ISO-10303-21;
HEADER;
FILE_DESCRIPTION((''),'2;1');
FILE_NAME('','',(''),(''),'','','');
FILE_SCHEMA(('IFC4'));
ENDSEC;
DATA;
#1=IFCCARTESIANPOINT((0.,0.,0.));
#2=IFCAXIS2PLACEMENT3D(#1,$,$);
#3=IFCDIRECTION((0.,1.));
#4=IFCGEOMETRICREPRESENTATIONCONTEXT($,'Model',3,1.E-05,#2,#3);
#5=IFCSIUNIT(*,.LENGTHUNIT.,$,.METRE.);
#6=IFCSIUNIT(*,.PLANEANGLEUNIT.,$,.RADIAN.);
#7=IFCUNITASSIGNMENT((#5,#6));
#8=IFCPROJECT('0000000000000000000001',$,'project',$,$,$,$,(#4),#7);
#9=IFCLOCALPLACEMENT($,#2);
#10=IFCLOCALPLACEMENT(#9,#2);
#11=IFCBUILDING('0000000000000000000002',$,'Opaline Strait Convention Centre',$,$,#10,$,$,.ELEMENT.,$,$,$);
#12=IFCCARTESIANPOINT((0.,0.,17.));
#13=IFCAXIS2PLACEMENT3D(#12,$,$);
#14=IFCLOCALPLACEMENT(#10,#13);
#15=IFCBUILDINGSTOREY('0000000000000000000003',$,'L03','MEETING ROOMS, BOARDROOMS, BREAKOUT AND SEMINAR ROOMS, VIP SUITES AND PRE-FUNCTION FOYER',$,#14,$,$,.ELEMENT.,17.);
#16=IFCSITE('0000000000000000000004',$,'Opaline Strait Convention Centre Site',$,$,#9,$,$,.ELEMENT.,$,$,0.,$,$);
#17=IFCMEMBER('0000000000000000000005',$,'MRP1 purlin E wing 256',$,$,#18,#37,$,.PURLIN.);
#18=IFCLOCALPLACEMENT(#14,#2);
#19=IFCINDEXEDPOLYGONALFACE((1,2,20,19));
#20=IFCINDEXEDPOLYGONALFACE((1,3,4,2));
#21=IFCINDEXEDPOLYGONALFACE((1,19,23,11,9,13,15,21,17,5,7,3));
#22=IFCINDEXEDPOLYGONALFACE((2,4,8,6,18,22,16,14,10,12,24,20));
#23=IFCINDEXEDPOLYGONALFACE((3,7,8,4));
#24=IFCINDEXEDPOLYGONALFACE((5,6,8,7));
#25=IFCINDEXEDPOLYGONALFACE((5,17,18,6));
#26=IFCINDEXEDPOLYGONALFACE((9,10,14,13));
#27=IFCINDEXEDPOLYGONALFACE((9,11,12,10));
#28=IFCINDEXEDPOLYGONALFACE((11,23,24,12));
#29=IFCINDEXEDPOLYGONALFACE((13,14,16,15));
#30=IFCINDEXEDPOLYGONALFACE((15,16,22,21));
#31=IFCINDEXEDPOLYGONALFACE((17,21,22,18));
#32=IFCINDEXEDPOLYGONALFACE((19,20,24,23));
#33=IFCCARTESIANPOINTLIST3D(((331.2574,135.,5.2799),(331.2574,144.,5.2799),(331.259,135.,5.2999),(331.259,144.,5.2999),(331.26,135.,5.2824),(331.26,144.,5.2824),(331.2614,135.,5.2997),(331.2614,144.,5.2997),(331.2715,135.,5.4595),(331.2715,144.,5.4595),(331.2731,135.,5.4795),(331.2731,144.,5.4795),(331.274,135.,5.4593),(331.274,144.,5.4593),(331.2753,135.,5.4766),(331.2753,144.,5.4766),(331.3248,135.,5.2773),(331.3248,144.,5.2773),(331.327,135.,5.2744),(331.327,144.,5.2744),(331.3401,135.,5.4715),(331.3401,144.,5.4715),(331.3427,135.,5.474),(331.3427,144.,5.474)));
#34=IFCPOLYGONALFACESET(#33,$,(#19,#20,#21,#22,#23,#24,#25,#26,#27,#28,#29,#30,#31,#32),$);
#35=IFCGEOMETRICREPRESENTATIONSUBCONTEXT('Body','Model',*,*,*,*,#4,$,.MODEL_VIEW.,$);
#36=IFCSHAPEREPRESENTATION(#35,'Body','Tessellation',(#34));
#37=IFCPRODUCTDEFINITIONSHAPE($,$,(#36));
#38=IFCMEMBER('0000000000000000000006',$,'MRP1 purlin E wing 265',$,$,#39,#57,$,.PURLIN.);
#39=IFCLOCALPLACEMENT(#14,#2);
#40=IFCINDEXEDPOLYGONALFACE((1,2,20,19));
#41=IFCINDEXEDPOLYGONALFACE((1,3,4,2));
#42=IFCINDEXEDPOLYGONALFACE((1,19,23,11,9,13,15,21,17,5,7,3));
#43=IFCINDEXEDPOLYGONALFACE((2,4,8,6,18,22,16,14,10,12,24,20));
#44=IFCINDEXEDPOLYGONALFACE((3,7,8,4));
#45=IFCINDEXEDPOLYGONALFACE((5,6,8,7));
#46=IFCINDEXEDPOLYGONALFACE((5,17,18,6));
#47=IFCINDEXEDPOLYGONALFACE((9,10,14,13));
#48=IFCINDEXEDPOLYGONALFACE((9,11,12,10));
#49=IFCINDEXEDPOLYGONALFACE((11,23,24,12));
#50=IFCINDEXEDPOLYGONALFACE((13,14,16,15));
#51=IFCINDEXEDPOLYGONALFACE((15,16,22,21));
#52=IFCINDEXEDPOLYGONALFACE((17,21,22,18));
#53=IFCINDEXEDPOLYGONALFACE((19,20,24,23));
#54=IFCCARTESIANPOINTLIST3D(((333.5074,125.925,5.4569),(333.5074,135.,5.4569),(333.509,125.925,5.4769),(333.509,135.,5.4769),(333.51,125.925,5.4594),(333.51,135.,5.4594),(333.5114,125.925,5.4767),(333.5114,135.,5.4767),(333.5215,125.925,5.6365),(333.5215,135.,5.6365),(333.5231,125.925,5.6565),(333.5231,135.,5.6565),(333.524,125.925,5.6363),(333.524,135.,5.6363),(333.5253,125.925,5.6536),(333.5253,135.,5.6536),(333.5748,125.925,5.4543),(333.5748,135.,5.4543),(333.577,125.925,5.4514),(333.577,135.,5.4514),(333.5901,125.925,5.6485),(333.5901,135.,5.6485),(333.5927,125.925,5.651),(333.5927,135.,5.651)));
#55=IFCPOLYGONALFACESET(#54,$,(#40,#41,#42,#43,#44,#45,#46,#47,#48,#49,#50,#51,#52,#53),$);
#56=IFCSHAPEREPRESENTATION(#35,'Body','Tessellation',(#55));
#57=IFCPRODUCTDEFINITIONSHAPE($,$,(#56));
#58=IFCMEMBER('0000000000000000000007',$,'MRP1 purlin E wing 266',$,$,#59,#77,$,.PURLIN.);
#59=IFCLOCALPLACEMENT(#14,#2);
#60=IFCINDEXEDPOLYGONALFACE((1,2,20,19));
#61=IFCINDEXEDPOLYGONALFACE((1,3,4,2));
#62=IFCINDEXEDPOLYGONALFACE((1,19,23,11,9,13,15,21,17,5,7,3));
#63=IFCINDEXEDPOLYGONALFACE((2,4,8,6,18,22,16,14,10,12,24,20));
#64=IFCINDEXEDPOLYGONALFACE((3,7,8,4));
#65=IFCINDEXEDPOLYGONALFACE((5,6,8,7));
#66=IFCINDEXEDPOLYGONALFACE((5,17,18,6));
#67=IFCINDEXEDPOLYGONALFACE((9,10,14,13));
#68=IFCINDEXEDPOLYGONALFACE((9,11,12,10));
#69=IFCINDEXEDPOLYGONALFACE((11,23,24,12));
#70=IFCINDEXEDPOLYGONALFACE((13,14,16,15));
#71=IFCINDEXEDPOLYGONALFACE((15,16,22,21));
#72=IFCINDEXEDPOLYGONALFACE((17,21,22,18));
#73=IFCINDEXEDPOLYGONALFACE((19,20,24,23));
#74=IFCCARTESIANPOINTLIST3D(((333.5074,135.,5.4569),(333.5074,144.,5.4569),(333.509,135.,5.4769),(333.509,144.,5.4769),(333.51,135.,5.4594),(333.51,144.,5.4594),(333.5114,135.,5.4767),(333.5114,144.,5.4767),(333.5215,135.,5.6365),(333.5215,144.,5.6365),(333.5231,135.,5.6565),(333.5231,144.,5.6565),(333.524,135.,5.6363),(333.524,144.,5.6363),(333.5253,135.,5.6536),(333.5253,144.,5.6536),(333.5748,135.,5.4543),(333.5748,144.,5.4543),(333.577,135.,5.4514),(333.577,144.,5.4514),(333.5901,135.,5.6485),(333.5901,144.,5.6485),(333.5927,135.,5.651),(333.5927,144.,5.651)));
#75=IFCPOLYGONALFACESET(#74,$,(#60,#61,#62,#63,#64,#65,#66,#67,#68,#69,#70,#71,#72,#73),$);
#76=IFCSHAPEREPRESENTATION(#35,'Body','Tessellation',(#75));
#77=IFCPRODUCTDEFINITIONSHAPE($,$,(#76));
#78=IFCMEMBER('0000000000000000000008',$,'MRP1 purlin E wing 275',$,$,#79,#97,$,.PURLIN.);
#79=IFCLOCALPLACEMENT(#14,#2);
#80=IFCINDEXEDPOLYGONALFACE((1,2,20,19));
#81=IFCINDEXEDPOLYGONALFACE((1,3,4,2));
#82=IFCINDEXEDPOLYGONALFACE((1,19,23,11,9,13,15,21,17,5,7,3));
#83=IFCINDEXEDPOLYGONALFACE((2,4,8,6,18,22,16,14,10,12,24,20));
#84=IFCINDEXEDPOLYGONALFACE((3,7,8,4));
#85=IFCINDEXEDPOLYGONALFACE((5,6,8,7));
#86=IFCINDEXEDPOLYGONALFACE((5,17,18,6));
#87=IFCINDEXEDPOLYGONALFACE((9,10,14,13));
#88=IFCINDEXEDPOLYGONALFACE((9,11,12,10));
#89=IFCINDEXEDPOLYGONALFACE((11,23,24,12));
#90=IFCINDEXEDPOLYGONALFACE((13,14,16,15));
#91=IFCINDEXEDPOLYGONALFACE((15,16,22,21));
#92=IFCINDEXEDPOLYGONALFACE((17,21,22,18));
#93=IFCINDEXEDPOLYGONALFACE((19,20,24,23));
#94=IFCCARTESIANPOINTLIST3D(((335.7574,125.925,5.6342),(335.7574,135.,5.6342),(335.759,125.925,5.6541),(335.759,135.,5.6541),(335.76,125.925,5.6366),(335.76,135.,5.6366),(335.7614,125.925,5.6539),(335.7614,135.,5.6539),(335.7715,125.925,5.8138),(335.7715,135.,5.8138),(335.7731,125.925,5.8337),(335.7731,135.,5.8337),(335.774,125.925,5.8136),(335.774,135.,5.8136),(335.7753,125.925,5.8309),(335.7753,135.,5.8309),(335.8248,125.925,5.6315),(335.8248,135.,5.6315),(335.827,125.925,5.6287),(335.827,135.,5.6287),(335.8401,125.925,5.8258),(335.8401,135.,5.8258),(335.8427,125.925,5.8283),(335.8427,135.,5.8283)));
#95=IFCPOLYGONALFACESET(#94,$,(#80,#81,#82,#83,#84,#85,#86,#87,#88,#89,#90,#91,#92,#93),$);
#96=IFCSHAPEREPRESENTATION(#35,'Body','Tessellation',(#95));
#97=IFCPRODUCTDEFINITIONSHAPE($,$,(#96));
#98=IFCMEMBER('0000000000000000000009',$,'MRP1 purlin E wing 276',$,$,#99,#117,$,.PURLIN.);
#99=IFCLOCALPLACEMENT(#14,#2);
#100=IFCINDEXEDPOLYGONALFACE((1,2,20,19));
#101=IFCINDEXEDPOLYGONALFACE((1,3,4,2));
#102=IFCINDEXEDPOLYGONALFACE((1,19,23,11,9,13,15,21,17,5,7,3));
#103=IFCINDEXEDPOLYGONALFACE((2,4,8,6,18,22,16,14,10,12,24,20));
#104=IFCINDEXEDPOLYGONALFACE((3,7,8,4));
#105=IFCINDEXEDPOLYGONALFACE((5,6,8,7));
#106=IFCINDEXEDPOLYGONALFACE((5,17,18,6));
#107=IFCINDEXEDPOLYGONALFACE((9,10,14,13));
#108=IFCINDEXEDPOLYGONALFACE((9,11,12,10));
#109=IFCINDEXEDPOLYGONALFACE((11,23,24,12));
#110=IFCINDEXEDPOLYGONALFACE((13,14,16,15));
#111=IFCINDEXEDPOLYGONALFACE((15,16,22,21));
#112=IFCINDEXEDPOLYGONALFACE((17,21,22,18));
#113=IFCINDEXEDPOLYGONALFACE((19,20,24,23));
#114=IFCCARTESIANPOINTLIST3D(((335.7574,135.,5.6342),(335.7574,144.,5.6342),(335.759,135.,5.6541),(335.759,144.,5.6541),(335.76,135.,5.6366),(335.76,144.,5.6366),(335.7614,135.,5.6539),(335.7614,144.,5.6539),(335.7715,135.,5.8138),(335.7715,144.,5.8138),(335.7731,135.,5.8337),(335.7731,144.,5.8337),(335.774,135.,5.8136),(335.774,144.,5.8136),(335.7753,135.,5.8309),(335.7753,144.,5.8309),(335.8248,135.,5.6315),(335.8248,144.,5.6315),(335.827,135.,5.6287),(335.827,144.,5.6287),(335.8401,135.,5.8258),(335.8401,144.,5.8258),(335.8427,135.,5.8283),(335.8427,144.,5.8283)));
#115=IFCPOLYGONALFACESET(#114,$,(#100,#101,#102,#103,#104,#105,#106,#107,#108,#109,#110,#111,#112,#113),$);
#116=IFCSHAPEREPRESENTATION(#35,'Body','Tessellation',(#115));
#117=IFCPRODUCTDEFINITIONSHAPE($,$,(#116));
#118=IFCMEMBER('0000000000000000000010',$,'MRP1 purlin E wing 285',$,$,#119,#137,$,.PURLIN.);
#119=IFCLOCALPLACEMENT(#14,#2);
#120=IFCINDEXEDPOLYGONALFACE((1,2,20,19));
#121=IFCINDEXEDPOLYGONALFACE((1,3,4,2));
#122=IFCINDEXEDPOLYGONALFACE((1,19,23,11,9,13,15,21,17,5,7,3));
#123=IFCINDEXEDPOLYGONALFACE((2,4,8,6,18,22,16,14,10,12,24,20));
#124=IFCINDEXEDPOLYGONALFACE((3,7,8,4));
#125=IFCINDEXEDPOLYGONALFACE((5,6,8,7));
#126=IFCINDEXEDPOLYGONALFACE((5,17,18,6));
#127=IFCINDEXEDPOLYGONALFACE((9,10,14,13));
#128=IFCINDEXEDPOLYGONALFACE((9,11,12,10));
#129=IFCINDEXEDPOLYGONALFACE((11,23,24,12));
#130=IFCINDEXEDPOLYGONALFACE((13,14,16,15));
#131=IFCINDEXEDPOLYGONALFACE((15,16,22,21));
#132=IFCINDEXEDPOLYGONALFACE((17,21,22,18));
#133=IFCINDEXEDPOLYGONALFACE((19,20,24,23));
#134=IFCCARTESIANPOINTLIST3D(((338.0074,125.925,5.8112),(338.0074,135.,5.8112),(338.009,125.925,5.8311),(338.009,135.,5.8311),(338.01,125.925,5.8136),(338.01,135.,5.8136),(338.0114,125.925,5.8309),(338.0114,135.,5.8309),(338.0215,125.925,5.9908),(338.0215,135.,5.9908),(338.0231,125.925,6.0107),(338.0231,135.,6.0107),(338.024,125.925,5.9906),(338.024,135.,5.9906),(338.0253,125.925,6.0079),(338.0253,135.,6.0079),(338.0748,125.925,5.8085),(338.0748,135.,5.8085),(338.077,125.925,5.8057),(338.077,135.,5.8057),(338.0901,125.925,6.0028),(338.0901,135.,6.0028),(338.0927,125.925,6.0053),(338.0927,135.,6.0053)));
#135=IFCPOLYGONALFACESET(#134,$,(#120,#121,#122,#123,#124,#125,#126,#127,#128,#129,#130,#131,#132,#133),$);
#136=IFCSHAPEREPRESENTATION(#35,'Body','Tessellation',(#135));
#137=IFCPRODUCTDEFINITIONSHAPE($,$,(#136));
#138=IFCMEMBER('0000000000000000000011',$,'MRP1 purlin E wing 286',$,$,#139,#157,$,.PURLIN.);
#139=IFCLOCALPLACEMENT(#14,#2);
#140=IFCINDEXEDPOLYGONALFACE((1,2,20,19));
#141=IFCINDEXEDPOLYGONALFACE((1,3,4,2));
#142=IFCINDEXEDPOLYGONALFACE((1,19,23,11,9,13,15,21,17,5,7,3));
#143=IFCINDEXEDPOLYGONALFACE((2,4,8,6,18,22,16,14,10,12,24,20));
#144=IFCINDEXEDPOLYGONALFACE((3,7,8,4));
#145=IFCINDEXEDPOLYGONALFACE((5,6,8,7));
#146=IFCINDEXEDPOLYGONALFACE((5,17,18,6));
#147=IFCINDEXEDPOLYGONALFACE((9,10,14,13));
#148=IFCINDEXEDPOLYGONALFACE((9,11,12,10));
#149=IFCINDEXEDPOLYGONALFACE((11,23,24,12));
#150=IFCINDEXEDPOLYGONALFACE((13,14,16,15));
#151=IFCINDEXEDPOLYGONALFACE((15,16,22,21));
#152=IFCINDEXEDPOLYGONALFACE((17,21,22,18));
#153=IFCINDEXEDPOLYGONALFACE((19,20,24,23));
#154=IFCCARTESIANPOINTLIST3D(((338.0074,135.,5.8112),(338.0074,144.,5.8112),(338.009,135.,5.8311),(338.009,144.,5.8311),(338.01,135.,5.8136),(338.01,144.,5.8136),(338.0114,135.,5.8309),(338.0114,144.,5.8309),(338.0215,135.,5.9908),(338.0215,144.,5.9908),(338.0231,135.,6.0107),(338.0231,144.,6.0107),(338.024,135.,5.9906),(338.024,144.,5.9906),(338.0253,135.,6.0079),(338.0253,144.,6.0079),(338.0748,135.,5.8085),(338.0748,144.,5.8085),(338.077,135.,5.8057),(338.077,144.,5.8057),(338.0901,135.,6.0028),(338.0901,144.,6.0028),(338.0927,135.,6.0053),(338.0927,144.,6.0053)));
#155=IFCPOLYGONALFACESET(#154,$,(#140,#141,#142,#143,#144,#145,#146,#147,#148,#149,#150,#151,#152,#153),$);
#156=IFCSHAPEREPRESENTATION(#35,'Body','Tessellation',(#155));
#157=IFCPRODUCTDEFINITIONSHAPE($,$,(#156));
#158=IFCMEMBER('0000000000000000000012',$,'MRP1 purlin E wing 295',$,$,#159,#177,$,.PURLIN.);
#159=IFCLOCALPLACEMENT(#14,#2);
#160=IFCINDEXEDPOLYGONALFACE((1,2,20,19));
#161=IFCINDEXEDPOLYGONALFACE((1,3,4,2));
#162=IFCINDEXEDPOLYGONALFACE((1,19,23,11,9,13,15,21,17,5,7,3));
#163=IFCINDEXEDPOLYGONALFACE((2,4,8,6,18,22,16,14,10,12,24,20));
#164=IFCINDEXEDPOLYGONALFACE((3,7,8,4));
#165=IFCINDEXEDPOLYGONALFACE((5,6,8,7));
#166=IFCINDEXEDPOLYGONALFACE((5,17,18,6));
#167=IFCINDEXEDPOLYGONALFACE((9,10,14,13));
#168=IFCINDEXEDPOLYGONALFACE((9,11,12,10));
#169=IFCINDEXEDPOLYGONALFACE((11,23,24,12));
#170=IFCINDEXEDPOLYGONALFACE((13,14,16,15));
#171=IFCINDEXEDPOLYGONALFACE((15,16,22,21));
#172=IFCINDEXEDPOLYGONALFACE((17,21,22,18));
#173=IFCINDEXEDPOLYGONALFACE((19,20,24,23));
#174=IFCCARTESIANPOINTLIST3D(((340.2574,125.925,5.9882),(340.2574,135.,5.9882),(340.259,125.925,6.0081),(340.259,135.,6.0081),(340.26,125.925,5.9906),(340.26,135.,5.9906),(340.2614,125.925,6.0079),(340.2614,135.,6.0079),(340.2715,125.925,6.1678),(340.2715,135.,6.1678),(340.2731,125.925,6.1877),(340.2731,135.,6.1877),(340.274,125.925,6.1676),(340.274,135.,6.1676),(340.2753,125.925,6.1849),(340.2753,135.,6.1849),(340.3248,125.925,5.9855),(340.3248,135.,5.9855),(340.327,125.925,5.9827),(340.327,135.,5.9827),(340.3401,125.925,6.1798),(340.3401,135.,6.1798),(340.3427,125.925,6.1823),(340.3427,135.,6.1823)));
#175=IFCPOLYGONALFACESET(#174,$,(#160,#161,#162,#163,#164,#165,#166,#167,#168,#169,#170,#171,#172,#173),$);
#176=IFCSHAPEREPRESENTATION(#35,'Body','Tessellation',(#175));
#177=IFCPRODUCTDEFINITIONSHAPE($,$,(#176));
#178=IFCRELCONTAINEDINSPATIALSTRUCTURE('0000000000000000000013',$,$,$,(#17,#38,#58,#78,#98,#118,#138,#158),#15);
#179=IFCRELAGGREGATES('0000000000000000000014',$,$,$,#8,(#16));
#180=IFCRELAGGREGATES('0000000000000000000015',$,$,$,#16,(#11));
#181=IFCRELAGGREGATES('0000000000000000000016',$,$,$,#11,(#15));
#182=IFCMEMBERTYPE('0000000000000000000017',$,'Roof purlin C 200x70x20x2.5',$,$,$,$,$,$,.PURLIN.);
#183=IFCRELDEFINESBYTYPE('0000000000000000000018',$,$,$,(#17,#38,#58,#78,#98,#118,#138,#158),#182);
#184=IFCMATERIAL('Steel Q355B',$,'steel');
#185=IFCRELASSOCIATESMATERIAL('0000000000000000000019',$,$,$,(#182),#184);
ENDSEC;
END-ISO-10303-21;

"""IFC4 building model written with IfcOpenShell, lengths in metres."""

from ifc_helpers import new_model, si_unit, direction, frame, origin, place, context, subcontext, project, spatial, polyline, outline, extrude, material, material_profile, profile_set, type_object, element, save


model = new_model("IFC4")

# Units and contexts
model_context = context("Model", 3, precision=1e-05, world=origin(), true_north=direction((0.0, 1.0)))
body_context = subcontext(model_context, "Body", "Model", "MODEL_VIEW")
ifc_project = project(units=[si_unit("LENGTHUNIT", "METRE"), si_unit("PLANEANGLEUNIT", "RADIAN")], contexts=[model_context])

# Site, building, storey
site_placement = place(None, origin())
site = spatial("IfcSite", under=ifc_project, at=site_placement, Name="Opaline Strait Convention Centre Site", CompositionType="ELEMENT", RefElevation=0.0)
building_placement = place(site_placement, origin())
building = spatial("IfcBuilding", under=site, at=building_placement, Name="Opaline Strait Convention Centre", CompositionType="ELEMENT")
storey_placement = place(building_placement, frame((0.0, 0.0, 17.0)))
storey = spatial("IfcBuildingStorey", under=building, at=storey_placement, Name="L03", Description="MEETING ROOMS, BOARDROOMS, BREAKOUT AND SEMINAR ROOMS, VIP SUITES AND PRE-FUNCTION FOYER", CompositionType="ELEMENT", Elevation=17.0)

# Members
ifc_material_1 = material(Name="Steel Q355B", Category="steel")
ifc_material_profile_1 = material_profile(ifc_material_1, outline(polyline([(-0.0349, -0.1001), (0.0349, -0.1001), (0.0349, -0.0801), (0.0325, -0.0801), (0.0325, -0.0974), (-0.0325, -0.0974), (-0.0325, 0.0974), (0.0325, 0.0974), (0.0325, 0.0801), (0.0349, 0.0801), (0.0349, 0.1001), (-0.0349, 0.1001), (-0.0349, -0.1001)])), Name="C 200x70x20x2.5")
ifc_profile_set_1 = profile_set([ifc_material_profile_1], Name="Steel Q355B")
member_type_1 = type_object("IfcMemberType", Name="Roof purlin C 200x70x20x2.5", PredefinedType="PURLIN", material=ifc_profile_set_1)
member_1_placement = place(storey_placement, frame((331.3, 135.0, 5.377), z_axis=(0.0, 1.0, 0.0), x_axis=(-0.996917, 0.0, 0.078459)))
element("IfcMember", 1, at=member_1_placement, inside=storey, type_object=member_type_1, Name="MRP1 purlin E wing 256", PredefinedType="PURLIN", context=body_context, shape_type="SweptSolid", body=[
    extrude(outline(polyline([(-0.0349, -0.1001), (0.0349, -0.1001), (0.0349, -0.0801), (0.0325, -0.0801), (0.0325, -0.0974), (-0.0325, -0.0974), (-0.0325, 0.0974), (0.0325, 0.0974), (0.0325, 0.0801), (0.0349, 0.0801), (0.0349, 0.1001), (-0.0349, 0.1001), (-0.0349, -0.1001)])), origin(), (0.0, 0.0, 1.0), 9.0),
])
member_2_placement = place(storey_placement, frame((333.55, 125.925, 5.554), z_axis=(0.0, 1.0, 0.0), x_axis=(-0.996917, 0.0, 0.078459)))
element("IfcMember", 2, at=member_2_placement, inside=storey, type_object=member_type_1, Name="MRP1 purlin E wing 265", PredefinedType="PURLIN", context=body_context, shape_type="SweptSolid", body=[
    extrude(outline(polyline([(-0.0349, -0.1001), (0.0349, -0.1001), (0.0349, -0.0801), (0.0325, -0.0801), (0.0325, -0.0974), (-0.0325, -0.0974), (-0.0325, 0.0974), (0.0325, 0.0974), (0.0325, 0.0801), (0.0349, 0.0801), (0.0349, 0.1001), (-0.0349, 0.1001), (-0.0349, -0.1001)])), origin(), (0.0, 0.0, 1.0), 9.075),
])
member_3_placement = place(storey_placement, frame((333.55, 135.0, 5.554), z_axis=(0.0, 1.0, 0.0), x_axis=(-0.996917, 0.0, 0.078459)))
element("IfcMember", 3, at=member_3_placement, inside=storey, type_object=member_type_1, Name="MRP1 purlin E wing 266", PredefinedType="PURLIN", context=body_context, shape_type="SweptSolid", body=[
    extrude(outline(polyline([(-0.0349, -0.1001), (0.0349, -0.1001), (0.0349, -0.0801), (0.0325, -0.0801), (0.0325, -0.0974), (-0.0325, -0.0974), (-0.0325, 0.0974), (0.0325, 0.0974), (0.0325, 0.0801), (0.0349, 0.0801), (0.0349, 0.1001), (-0.0349, 0.1001), (-0.0349, -0.1001)])), origin(), (0.0, 0.0, 1.0), 9.0),
])
member_4_placement = place(storey_placement, frame((335.8, 125.925, 5.7312), z_axis=(0.0, 1.0, 0.0), x_axis=(-0.996917, 0.0, 0.078459)))
element("IfcMember", 4, at=member_4_placement, inside=storey, type_object=member_type_1, Name="MRP1 purlin E wing 275", PredefinedType="PURLIN", context=body_context, shape_type="SweptSolid", body=[
    extrude(outline(polyline([(-0.0349, -0.1001), (0.0349, -0.1001), (0.0349, -0.0801), (0.0325, -0.0801), (0.0325, -0.0974), (-0.0325, -0.0974), (-0.0325, 0.0974), (0.0325, 0.0974), (0.0325, 0.0801), (0.0349, 0.0801), (0.0349, 0.1001), (-0.0349, 0.1001), (-0.0349, -0.1001)])), origin(), (0.0, 0.0, 1.0), 9.075),
])
member_5_placement = place(storey_placement, frame((335.8, 135.0, 5.7312), z_axis=(0.0, 1.0, 0.0), x_axis=(-0.996917, 0.0, 0.078459)))
element("IfcMember", 5, at=member_5_placement, inside=storey, type_object=member_type_1, Name="MRP1 purlin E wing 276", PredefinedType="PURLIN", context=body_context, shape_type="SweptSolid", body=[
    extrude(outline(polyline([(-0.0349, -0.1001), (0.0349, -0.1001), (0.0349, -0.0801), (0.0325, -0.0801), (0.0325, -0.0974), (-0.0325, -0.0974), (-0.0325, 0.0974), (0.0325, 0.0974), (0.0325, 0.0801), (0.0349, 0.0801), (0.0349, 0.1001), (-0.0349, 0.1001), (-0.0349, -0.1001)])), origin(), (0.0, 0.0, 1.0), 9.0),
])
member_6_placement = place(storey_placement, frame((338.05, 125.925, 5.9082), z_axis=(0.0, 1.0, 0.0), x_axis=(-0.996917, 0.0, 0.078459)))
element("IfcMember", 6, at=member_6_placement, inside=storey, type_object=member_type_1, Name="MRP1 purlin E wing 285", PredefinedType="PURLIN", context=body_context, shape_type="SweptSolid", body=[
    extrude(outline(polyline([(-0.0349, -0.1001), (0.0349, -0.1001), (0.0349, -0.0801), (0.0325, -0.0801), (0.0325, -0.0974), (-0.0325, -0.0974), (-0.0325, 0.0974), (0.0325, 0.0974), (0.0325, 0.0801), (0.0349, 0.0801), (0.0349, 0.1001), (-0.0349, 0.1001), (-0.0349, -0.1001)])), origin(), (0.0, 0.0, 1.0), 9.075),
])
member_7_placement = place(storey_placement, frame((338.05, 135.0, 5.9082), z_axis=(0.0, 1.0, 0.0), x_axis=(-0.996917, 0.0, 0.078459)))
element("IfcMember", 7, at=member_7_placement, inside=storey, type_object=member_type_1, Name="MRP1 purlin E wing 286", PredefinedType="PURLIN", context=body_context, shape_type="SweptSolid", body=[
    extrude(outline(polyline([(-0.0349, -0.1001), (0.0349, -0.1001), (0.0349, -0.0801), (0.0325, -0.0801), (0.0325, -0.0974), (-0.0325, -0.0974), (-0.0325, 0.0974), (0.0325, 0.0974), (0.0325, 0.0801), (0.0349, 0.0801), (0.0349, 0.1001), (-0.0349, 0.1001), (-0.0349, -0.1001)])), origin(), (0.0, 0.0, 1.0), 9.0),
])
member_8_placement = place(storey_placement, frame((340.3, 125.925, 6.0852), z_axis=(0.0, 1.0, 0.0), x_axis=(-0.996917, 0.0, 0.078459)))
element("IfcMember", 8, at=member_8_placement, inside=storey, type_object=member_type_1, Name="MRP1 purlin E wing 295", PredefinedType="PURLIN", context=body_context, shape_type="SweptSolid", body=[
    extrude(outline(polyline([(-0.0349, -0.1001), (0.0349, -0.1001), (0.0349, -0.0801), (0.0325, -0.0801), (0.0325, -0.0974), (-0.0325, -0.0974), (-0.0325, 0.0974), (0.0325, 0.0974), (0.0325, 0.0801), (0.0349, 0.0801), (0.0349, 0.1001), (-0.0349, 0.1001), (-0.0349, -0.1001)])), origin(), (0.0, 0.0, 1.0), 9.075),
])

save(model, "model.ifc")
